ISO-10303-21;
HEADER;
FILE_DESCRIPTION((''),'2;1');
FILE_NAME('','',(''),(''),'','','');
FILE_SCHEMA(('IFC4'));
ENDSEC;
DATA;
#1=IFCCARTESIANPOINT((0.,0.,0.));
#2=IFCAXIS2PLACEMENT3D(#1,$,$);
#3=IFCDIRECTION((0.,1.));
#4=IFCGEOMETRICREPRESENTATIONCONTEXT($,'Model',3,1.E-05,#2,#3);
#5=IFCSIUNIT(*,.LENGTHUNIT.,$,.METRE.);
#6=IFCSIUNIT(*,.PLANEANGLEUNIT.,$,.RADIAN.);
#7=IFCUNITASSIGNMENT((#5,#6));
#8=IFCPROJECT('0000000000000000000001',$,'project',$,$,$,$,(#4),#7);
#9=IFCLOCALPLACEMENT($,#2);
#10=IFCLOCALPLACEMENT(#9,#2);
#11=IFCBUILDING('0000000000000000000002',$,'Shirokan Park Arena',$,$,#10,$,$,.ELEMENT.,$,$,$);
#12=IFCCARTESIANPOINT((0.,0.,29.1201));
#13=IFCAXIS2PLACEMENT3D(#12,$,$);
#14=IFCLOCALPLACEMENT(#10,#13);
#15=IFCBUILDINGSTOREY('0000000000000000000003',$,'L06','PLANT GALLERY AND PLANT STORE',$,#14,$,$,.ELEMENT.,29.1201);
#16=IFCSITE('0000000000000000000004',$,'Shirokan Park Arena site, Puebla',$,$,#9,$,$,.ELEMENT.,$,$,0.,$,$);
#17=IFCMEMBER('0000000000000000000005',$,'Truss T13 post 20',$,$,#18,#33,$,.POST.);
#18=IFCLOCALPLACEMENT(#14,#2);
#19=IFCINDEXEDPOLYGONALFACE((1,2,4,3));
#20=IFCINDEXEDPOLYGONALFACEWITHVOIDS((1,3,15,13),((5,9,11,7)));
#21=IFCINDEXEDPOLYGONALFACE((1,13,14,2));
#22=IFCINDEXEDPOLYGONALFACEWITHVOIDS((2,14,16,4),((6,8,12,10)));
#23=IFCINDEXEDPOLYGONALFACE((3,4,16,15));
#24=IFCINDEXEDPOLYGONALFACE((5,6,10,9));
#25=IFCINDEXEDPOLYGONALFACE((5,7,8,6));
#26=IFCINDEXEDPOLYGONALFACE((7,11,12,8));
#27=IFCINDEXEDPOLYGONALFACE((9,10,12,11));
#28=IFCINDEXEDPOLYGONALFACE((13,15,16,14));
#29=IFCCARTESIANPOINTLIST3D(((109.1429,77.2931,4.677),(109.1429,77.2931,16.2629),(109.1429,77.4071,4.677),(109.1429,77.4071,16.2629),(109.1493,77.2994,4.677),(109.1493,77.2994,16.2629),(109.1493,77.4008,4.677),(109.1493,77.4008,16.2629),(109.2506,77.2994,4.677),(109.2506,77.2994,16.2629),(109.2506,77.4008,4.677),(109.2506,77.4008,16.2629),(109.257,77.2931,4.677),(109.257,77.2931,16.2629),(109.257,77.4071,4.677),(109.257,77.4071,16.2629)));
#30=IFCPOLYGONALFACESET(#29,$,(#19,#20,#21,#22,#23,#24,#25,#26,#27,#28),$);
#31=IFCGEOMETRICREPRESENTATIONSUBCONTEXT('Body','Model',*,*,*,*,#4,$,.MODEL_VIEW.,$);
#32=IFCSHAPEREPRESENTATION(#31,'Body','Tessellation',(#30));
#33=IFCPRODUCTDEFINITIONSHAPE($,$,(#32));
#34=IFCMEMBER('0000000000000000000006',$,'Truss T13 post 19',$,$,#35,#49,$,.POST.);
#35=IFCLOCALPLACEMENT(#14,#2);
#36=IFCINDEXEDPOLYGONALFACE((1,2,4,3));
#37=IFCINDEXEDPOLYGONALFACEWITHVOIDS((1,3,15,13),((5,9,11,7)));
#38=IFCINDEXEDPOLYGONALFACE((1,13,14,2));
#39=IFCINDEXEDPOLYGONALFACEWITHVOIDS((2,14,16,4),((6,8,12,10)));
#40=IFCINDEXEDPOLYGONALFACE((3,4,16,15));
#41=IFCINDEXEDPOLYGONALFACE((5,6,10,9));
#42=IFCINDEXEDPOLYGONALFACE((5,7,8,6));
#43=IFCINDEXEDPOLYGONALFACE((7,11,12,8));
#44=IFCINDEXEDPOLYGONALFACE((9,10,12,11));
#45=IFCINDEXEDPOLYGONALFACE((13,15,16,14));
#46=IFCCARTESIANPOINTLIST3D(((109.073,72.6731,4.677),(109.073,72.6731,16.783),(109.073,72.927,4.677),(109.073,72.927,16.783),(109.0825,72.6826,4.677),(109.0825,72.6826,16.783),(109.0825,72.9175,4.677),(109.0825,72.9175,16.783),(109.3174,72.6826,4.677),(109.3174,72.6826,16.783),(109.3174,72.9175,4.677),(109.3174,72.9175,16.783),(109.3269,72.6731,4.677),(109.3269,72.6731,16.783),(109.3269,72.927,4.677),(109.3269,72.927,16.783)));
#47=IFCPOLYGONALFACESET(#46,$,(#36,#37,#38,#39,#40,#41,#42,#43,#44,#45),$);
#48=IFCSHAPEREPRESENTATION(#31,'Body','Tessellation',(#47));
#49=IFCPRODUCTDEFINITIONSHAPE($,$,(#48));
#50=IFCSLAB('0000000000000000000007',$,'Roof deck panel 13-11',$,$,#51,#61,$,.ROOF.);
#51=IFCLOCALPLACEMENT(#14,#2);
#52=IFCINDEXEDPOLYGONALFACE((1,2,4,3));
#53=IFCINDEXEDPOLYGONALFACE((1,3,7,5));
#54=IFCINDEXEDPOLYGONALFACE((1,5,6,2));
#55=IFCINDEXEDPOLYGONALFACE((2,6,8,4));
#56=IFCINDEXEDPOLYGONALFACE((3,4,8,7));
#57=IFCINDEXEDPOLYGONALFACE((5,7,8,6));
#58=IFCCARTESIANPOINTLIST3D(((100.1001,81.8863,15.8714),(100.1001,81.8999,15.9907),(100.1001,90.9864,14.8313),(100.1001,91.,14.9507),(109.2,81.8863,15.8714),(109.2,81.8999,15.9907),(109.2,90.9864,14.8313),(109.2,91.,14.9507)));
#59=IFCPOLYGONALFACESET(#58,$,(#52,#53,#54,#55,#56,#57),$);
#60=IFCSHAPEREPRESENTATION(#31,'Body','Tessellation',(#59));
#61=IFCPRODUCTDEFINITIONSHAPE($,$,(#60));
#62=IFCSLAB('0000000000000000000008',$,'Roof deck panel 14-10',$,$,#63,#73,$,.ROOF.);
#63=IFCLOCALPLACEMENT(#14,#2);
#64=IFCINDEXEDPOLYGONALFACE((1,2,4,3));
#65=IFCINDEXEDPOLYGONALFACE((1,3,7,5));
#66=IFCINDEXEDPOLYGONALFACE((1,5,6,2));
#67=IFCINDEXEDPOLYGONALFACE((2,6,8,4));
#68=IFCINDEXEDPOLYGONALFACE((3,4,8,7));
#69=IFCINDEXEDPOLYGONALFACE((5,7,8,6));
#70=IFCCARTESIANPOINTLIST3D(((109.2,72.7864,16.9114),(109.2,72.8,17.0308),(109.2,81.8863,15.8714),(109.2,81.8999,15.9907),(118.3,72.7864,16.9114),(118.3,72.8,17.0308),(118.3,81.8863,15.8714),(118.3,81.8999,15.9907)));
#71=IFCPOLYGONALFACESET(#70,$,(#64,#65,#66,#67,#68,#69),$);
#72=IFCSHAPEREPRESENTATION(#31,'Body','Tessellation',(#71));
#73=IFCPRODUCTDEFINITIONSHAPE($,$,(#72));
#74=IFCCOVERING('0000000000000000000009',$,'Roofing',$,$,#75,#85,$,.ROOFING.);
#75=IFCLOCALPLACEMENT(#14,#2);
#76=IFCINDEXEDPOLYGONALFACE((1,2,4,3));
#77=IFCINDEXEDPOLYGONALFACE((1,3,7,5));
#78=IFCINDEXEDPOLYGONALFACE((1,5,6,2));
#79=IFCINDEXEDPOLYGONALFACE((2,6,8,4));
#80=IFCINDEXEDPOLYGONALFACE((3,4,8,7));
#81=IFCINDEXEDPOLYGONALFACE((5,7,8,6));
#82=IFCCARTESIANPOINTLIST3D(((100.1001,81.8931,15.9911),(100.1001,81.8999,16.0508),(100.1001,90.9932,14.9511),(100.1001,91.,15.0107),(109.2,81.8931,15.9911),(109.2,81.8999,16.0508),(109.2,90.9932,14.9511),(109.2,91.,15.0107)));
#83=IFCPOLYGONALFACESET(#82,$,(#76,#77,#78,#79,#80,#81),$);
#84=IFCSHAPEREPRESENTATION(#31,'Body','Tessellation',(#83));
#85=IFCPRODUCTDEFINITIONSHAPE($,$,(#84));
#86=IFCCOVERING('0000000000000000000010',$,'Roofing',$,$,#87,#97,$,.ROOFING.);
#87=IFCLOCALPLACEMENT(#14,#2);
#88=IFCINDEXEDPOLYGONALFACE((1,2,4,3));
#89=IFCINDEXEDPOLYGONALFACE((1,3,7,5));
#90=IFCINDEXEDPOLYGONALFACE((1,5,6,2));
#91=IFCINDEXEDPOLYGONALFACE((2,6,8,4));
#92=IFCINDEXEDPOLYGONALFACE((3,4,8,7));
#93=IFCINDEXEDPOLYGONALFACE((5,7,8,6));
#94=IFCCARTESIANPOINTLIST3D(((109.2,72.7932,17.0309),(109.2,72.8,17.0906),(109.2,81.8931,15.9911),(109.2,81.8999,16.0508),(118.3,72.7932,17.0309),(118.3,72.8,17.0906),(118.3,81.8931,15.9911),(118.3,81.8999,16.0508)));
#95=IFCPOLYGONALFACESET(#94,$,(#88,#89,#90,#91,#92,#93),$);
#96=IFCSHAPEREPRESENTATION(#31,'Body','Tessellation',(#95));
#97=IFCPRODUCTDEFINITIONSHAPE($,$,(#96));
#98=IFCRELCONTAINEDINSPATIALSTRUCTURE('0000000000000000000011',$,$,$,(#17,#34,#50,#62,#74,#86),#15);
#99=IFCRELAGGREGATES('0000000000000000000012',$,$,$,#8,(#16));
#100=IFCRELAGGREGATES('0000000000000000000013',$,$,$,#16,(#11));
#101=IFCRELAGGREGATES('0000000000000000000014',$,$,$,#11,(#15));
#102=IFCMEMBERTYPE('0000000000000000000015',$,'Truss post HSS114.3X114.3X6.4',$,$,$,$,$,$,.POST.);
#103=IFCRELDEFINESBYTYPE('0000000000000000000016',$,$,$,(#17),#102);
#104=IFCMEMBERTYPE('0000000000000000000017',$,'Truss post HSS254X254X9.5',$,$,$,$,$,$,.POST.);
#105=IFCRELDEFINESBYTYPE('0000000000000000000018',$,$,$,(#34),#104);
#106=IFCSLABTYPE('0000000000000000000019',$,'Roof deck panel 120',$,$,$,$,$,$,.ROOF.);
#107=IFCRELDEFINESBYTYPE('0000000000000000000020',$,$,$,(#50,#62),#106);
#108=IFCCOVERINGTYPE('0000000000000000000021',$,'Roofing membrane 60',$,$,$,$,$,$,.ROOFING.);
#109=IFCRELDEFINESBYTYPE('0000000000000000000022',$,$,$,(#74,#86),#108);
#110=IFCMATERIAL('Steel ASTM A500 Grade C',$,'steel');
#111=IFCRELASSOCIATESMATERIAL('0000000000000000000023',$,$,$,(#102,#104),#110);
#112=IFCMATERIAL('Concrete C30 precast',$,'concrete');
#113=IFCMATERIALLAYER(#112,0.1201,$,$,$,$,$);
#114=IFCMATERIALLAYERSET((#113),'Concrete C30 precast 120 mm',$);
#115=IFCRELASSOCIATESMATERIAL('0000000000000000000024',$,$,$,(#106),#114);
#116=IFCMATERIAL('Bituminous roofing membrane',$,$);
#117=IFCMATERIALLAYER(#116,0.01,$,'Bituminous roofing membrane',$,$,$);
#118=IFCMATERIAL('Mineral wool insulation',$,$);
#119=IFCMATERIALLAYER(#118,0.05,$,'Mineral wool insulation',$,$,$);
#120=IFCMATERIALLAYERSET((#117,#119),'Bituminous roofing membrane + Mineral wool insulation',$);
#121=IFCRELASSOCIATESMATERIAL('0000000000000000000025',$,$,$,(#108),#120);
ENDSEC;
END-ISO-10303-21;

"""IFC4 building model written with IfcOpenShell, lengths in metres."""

from ifc_helpers import new_model, si_unit, direction, frame, origin, origin_2d, place, context, subcontext, project, spatial, polyline, hollow_rectangle, outline, extrude, material, layer, layer_set, material_profile, profile_set, type_object, element, save


model = new_model("IFC4")

# Units and contexts
model_context = context("Model", 3, precision=1e-05, world=origin(), true_north=direction((0.0, 1.0)))
body_context = subcontext(model_context, "Body", "Model", "MODEL_VIEW")
ifc_project = project(units=[si_unit("LENGTHUNIT", "METRE"), si_unit("PLANEANGLEUNIT", "RADIAN")], contexts=[model_context])

# Site, building, storey
site_placement = place(None, origin())
site = spatial("IfcSite", under=ifc_project, at=site_placement, Name="Shirokan Park Arena site, Puebla", CompositionType="ELEMENT", RefElevation=0.0)
building_placement = place(site_placement, origin())
building = spatial("IfcBuilding", under=site, at=building_placement, Name="Shirokan Park Arena", CompositionType="ELEMENT")
storey_placement = place(building_placement, frame((0.0, 0.0, 29.1201)))
storey = spatial("IfcBuildingStorey", under=building, at=storey_placement, Name="L06", Description="PLANT GALLERY AND PLANT STORE", CompositionType="ELEMENT", Elevation=29.1201)

# Members
ifc_material_1 = material(Name="Steel ASTM A500 Grade C", Category="steel")
ifc_material_profile_1 = material_profile(ifc_material_1, hollow_rectangle(XDim=0.114, YDim=0.114, WallThickness=0.0063, at=origin_2d()), Name="HSS114.3X114.3X6.4")
ifc_profile_set_1 = profile_set([ifc_material_profile_1], Name="Steel ASTM A500 Grade C")
member_type_1 = type_object("IfcMemberType", Name="Truss post HSS114.3X114.3X6.4", PredefinedType="POST", material=ifc_profile_set_1)
member_1_placement = place(storey_placement, frame((109.2, 77.3501, 4.677), z_axis=(0.0, 0.0, 1.0), x_axis=(1.0, 0.0, 0.0)))
element("IfcMember", 1, at=member_1_placement, inside=storey, type_object=member_type_1, Name="Truss T13 post 20", PredefinedType="POST", context=body_context, shape_type="SweptSolid", body=[
    extrude(hollow_rectangle(XDim=0.114, YDim=0.114, WallThickness=0.0063, at=origin_2d()), origin(), (0.0, 0.0, 1.0), 11.5859),
])
ifc_material_profile_2 = material_profile(ifc_material_1, hollow_rectangle(XDim=0.2539, YDim=0.2539, WallThickness=0.0095, at=origin_2d()), Name="HSS254X254X9.5")
ifc_profile_set_2 = profile_set([ifc_material_profile_2], Name="Steel ASTM A500 Grade C")
member_type_2 = type_object("IfcMemberType", Name="Truss post HSS254X254X9.5", PredefinedType="POST", material=ifc_profile_set_2)
member_2_placement = place(storey_placement, frame((109.2, 72.8, 4.677), z_axis=(0.0, 0.0, 1.0), x_axis=(1.0, 0.0, 0.0)))
element("IfcMember", 2, at=member_2_placement, inside=storey, type_object=member_type_2, Name="Truss T13 post 19", PredefinedType="POST", context=body_context, shape_type="SweptSolid", body=[
    extrude(hollow_rectangle(XDim=0.2539, YDim=0.2539, WallThickness=0.0095, at=origin_2d()), origin(), (0.0, 0.0, 1.0), 12.106),
])

# Slabs
ifc_material_2 = material(Name="Concrete C30 precast", Category="concrete")
ifc_layer_1 = layer(ifc_material_2, 0.1201)
ifc_layer_set_1 = layer_set([ifc_layer_1], Name="Concrete C30 precast 120 mm")
slab_type = type_object("IfcSlabType", Name="Roof deck panel 120", PredefinedType="ROOF", material=ifc_layer_set_1)
slab_1_placement = place(storey_placement, frame((100.1001, 81.8999, 15.9907), z_axis=(0.0, 0.11355, 0.993532), x_axis=(1.0, 0.0, 0.0)))
element("IfcSlab", 3, at=slab_1_placement, inside=storey, type_object=slab_type, Name="Roof deck panel 13-11", PredefinedType="ROOF", context=body_context, shape_type="SweptSolid", body=[
    extrude(outline(polyline([(0.0, 0.0), (9.0999, 0.0), (9.0999, 9.1593), (0.0, 9.1593), (0.0, 0.0)])), origin(), (0.0, 0.0, -1.0), 0.1201),
])
slab_2_placement = place(storey_placement, frame((109.2, 72.8, 17.0308), z_axis=(0.0, 0.113553, 0.993532), x_axis=(1.0, 0.0, 0.0)))
element("IfcSlab", 4, at=slab_2_placement, inside=storey, type_object=slab_type, Name="Roof deck panel 14-10", PredefinedType="ROOF", context=body_context, shape_type="SweptSolid", body=[
    extrude(outline(polyline([(0.0, 0.0), (9.1001, 0.0), (9.1001, 9.1591), (0.0, 9.1591), (0.0, 0.0)])), origin(), (0.0, 0.0, -1.0), 0.1201),
])

# Coverings
ifc_material_3 = material(Name="Bituminous roofing membrane")
ifc_layer_2 = layer(ifc_material_3, 0.01, Name="Bituminous roofing membrane")
ifc_material_4 = material(Name="Mineral wool insulation")
ifc_layer_3 = layer(ifc_material_4, 0.05, Name="Mineral wool insulation")
ifc_layer_set_2 = layer_set([ifc_layer_2, ifc_layer_3], Name="Bituminous roofing membrane + Mineral wool insulation")
covering_type = type_object("IfcCoveringType", Name="Roofing membrane 60", PredefinedType="ROOFING", material=ifc_layer_set_2)
covering_1_placement = place(storey_placement, frame((100.1001, 81.8999, 16.0508), z_axis=(0.0, 0.11355, 0.993532), x_axis=(1.0, 0.0, 0.0)))
element("IfcCovering", 5, at=covering_1_placement, inside=storey, type_object=covering_type, Name="Roofing", PredefinedType="ROOFING", context=body_context, shape_type="SweptSolid", body=[
    extrude(outline(polyline([(0.0, 0.0), (9.0999, 0.0), (9.0999, 9.1593), (0.0, 9.1593), (0.0, 0.0)])), origin(), (0.0, 0.0, -1.0), 0.0601),
])
covering_2_placement = place(storey_placement, frame((109.2, 72.8, 17.0906), z_axis=(0.0, 0.113526, 0.993535), x_axis=(1.0, 0.0, 0.0)))
element("IfcCovering", 6, at=covering_2_placement, inside=storey, type_object=covering_type, Name="Roofing", PredefinedType="ROOFING", context=body_context, shape_type="SweptSolid", body=[
    extrude(outline(polyline([(0.0, 0.0), (9.1001, 0.0), (9.1001, 9.1591), (0.0, 9.1591), (0.0, 0.0)])), origin(), (0.0, 0.0, -1.0), 0.0601),
])

save(model, "model.ifc")
